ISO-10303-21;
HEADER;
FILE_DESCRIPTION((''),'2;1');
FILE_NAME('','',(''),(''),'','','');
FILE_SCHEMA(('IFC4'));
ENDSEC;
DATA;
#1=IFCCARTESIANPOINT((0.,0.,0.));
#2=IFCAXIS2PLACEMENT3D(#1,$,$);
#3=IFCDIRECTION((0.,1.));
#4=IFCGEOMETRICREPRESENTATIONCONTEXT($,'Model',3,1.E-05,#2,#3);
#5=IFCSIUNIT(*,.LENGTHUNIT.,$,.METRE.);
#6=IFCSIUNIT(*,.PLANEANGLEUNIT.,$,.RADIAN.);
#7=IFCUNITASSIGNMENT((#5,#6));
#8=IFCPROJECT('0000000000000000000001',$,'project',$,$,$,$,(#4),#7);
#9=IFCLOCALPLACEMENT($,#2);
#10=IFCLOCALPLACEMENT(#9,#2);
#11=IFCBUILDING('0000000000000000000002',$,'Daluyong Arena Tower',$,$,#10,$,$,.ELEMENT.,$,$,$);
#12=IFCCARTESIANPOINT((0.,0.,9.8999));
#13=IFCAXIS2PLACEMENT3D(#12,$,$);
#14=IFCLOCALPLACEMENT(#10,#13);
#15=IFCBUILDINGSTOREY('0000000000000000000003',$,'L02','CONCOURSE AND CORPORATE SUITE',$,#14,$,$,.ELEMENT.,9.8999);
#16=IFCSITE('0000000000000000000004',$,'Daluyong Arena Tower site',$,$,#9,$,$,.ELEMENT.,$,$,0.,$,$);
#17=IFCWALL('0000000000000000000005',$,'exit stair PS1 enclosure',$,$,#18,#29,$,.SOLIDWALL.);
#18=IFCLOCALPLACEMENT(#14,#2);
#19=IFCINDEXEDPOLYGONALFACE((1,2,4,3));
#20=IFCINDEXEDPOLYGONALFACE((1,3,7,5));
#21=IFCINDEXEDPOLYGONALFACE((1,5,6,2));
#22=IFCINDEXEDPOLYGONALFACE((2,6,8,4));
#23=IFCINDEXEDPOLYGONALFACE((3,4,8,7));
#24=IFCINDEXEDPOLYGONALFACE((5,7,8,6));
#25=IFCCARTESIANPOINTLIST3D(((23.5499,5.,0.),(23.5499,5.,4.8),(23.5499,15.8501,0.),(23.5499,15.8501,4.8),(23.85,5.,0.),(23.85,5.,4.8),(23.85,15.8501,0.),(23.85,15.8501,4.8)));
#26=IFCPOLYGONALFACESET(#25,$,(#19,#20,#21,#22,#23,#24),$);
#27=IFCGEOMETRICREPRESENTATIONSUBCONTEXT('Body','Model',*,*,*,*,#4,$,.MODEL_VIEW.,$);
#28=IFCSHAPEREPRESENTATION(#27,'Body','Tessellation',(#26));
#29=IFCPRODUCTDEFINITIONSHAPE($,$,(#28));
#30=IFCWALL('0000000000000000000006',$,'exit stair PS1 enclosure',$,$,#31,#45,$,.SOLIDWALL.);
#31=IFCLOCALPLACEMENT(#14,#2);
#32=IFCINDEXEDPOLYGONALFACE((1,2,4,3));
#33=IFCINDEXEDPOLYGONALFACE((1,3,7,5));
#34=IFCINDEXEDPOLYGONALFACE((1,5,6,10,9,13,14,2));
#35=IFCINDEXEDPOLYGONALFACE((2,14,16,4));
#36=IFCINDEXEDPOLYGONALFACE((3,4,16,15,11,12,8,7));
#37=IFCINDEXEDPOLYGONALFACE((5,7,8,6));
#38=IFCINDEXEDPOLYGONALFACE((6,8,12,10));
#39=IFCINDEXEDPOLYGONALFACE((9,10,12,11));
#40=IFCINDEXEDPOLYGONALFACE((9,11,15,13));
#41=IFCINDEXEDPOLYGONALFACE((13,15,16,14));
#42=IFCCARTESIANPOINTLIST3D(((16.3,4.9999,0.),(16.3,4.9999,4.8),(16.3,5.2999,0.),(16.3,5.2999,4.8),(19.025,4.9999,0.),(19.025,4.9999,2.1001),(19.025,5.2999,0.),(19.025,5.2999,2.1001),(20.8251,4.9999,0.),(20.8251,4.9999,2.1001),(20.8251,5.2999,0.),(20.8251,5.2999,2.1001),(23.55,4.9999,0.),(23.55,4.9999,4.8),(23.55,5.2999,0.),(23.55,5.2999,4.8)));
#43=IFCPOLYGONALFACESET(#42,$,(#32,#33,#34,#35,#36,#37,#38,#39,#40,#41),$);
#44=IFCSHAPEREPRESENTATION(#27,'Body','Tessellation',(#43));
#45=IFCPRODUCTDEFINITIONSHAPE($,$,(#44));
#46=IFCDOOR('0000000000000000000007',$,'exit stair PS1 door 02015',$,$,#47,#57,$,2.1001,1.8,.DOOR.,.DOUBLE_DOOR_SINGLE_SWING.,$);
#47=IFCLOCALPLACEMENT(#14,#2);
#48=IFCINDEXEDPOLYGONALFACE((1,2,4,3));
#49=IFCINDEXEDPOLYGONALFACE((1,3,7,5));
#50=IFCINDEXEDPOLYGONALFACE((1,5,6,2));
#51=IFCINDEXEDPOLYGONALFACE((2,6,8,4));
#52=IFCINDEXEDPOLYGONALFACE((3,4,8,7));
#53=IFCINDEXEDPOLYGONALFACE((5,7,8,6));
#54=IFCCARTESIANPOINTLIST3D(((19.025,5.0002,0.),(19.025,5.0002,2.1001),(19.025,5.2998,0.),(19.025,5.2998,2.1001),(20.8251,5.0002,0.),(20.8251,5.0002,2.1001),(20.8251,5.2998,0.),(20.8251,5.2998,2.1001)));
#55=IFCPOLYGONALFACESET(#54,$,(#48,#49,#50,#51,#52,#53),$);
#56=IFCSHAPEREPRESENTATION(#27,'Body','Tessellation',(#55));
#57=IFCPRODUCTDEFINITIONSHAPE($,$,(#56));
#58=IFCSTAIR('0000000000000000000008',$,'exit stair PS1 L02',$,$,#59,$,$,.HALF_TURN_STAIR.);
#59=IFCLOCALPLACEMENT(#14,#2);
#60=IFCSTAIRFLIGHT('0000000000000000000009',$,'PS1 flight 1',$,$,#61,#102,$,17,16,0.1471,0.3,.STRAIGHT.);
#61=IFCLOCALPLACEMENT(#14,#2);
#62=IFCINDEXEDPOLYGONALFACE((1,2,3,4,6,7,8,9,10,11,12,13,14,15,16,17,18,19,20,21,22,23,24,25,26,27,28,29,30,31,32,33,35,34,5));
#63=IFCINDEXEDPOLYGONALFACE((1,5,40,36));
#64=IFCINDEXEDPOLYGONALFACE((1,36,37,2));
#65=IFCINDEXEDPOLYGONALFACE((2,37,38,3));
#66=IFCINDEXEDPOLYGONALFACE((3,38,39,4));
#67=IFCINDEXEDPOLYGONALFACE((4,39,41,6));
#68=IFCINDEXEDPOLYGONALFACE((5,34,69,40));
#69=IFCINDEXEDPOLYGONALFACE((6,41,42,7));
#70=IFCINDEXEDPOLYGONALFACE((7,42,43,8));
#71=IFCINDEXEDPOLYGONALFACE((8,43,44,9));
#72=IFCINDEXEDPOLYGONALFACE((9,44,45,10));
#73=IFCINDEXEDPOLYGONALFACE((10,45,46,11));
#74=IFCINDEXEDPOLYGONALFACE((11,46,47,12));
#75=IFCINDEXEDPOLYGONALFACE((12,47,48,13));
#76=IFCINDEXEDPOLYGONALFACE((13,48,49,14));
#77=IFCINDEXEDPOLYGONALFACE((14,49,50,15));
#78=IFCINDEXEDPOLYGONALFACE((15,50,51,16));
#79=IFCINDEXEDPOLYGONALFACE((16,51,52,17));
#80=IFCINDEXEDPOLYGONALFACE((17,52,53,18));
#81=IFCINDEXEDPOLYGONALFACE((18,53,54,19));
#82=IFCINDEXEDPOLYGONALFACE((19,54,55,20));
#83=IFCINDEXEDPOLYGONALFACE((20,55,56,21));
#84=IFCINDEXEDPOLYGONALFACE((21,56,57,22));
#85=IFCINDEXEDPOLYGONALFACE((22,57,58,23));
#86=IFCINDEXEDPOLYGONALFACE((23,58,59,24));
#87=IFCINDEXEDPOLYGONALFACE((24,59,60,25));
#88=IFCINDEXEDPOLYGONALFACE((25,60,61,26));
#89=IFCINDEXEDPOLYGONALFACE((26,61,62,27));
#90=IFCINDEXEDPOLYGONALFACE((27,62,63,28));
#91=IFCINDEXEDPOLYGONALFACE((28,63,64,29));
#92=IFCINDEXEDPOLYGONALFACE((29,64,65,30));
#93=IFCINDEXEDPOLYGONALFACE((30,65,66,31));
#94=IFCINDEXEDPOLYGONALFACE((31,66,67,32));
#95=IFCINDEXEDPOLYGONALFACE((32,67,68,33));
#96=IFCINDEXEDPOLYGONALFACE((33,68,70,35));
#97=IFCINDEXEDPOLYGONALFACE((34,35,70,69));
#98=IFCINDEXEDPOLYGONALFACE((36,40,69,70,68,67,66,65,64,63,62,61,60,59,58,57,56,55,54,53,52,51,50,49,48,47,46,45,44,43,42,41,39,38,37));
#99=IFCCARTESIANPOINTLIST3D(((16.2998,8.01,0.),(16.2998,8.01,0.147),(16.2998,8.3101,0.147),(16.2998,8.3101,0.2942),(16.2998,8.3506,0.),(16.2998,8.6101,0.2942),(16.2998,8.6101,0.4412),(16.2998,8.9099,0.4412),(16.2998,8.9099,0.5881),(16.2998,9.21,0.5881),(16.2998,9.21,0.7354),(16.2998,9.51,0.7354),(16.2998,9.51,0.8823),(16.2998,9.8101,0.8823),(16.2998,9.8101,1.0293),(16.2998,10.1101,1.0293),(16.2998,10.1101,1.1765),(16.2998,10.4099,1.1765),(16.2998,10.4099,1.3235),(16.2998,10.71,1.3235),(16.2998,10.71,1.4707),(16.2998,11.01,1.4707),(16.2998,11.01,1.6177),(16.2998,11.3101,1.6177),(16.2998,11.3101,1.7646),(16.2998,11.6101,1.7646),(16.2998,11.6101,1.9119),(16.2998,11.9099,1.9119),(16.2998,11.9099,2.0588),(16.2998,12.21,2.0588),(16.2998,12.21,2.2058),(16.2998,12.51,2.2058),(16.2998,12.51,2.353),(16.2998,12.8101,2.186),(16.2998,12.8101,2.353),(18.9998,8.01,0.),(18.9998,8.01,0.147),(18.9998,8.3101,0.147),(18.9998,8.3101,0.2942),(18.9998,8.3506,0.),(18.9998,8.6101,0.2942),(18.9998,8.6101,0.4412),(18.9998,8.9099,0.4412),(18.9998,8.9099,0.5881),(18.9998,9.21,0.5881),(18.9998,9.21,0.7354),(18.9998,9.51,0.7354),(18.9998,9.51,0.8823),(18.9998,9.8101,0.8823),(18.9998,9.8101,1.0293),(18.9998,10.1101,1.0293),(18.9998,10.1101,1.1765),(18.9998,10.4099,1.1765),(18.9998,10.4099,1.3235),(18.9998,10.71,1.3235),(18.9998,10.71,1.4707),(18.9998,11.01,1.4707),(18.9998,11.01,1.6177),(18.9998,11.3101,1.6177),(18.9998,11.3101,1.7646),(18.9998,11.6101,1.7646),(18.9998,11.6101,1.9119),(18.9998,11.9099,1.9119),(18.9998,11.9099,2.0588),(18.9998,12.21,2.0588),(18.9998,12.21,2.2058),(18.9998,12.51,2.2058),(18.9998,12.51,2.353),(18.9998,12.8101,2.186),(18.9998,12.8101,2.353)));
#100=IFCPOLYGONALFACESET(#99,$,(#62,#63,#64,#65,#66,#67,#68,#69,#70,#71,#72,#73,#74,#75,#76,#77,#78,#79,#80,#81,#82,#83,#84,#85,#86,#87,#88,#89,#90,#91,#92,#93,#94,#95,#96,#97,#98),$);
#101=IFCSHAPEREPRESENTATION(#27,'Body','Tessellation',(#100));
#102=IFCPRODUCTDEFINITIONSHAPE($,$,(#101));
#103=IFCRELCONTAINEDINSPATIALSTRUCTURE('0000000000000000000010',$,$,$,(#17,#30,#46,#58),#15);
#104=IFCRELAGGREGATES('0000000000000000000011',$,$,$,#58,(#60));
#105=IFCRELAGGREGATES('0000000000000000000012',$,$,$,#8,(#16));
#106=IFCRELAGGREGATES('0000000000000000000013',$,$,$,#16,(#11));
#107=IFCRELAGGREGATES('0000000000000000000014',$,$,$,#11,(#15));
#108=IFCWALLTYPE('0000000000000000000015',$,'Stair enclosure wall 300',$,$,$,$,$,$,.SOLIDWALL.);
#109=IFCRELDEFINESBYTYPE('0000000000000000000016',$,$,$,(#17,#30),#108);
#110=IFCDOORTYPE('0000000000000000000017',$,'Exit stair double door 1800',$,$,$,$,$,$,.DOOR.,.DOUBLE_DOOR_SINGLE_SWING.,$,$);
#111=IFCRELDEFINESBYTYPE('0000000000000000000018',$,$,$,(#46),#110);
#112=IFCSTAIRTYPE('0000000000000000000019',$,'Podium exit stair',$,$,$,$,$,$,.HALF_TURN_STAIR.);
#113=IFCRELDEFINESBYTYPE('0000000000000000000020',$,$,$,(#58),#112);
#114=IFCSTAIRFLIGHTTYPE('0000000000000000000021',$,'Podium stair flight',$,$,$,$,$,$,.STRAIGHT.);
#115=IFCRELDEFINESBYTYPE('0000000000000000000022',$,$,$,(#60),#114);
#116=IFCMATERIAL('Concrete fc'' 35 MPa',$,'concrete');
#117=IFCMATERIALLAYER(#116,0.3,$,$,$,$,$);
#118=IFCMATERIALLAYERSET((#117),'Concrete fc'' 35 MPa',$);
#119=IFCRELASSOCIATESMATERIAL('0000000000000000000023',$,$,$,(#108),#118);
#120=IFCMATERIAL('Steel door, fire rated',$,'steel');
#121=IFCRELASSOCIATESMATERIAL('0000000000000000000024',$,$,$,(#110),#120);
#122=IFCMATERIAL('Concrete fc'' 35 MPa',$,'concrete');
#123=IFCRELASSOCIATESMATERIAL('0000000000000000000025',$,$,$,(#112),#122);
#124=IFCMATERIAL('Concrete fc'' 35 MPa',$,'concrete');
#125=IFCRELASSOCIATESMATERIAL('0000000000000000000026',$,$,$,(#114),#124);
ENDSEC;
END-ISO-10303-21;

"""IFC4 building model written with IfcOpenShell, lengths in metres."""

from ifc_helpers import new_model, si_unit, direction, frame, frame_2d, origin, place, context, subcontext, project, spatial, polyline, rectangle, outline, extrude, material, layer, layer_set, type_object, element, fill, aggregate, save


model = new_model("IFC4")

# Units and contexts
model_context = context("Model", 3, precision=1e-05, world=origin(), true_north=direction((0.0, 1.0)))
body_context = subcontext(model_context, "Body", "Model", "MODEL_VIEW")
ifc_project = project(units=[si_unit("LENGTHUNIT", "METRE"), si_unit("PLANEANGLEUNIT", "RADIAN")], contexts=[model_context])

# Site, building, storey
site_placement = place(None, origin())
site = spatial("IfcSite", under=ifc_project, at=site_placement, Name="Daluyong Arena Tower site", CompositionType="ELEMENT", RefElevation=0.0)
building_placement = place(site_placement, origin())
building = spatial("IfcBuilding", under=site, at=building_placement, Name="Daluyong Arena Tower", CompositionType="ELEMENT")
storey_placement = place(building_placement, frame((0.0, 0.0, 9.8999)))
storey = spatial("IfcBuildingStorey", under=building, at=storey_placement, Name="L02", Description="CONCOURSE AND CORPORATE SUITE", CompositionType="ELEMENT", Elevation=9.8999)

# Wall
ifc_material_1 = material(Name="Concrete fc' 35 MPa", Category="concrete")
ifc_layer = layer(ifc_material_1, 0.3)
ifc_layer_set = layer_set([ifc_layer], Name="Concrete fc' 35 MPa")
wall_type = type_object("IfcWallType", Name="Stair enclosure wall 300", PredefinedType="SOLIDWALL", material=ifc_layer_set)
wall_1_placement = place(storey_placement, frame((23.7, 5.0, 0.0), z_axis=(0.0, 0.0, 1.0), x_axis=(0.0, 1.0, 0.0)))
element("IfcWall", 1, at=wall_1_placement, inside=storey, type_object=wall_type, Name="exit stair PS1 enclosure", PredefinedType="SOLIDWALL", context=body_context, shape_type="SweptSolid", body=[
    extrude(rectangle(XDim=10.8501, YDim=0.3, at=frame_2d((5.425, 0.0))), origin(), (0.0, 0.0, 1.0), 4.8),
])

# Wall, opening, door
wall_2_placement = place(storey_placement, frame((16.3, 5.1499, 0.0), z_axis=(0.0, 0.0, 1.0), x_axis=(1.0, 0.0, 0.0)))
wall_2 = element("IfcWall", 2, at=wall_2_placement, inside=storey, type_object=wall_type, Name="exit stair PS1 enclosure", PredefinedType="SOLIDWALL", context=body_context, shape_type="SweptSolid", body=[
    extrude(rectangle(XDim=7.25, YDim=0.3, at=frame_2d((3.625, 0.0))), origin(), (0.0, 0.0, 1.0), 4.8),
])
opening_placement = place(wall_2_placement, frame((2.7251, 0.0, 0.0)))
opening = element("IfcOpeningElement", 3, at=opening_placement, cuts=wall_2, PredefinedType="OPENING", context=body_context, shape_type="SweptSolid", body=[
    extrude(rectangle(XDim=1.8, YDim=2.1001, at=frame_2d((0.8999, 1.05))), frame((0.0, 0.1599, 0.0), z_axis=(0.0, -1.0, 0.0), x_axis=(1.0, 0.0, 0.0)), (0.0, 0.0, 1.0), 0.3201),
])
ifc_material_2 = material(Name="Steel door, fire rated", Category="steel")
door_type = type_object("IfcDoorType", Name="Exit stair double door 1800", OperationType="DOUBLE_DOOR_SINGLE_SWING", PredefinedType="DOOR", material=ifc_material_2)
door_placement = place(opening_placement, origin())
door = element("IfcDoor", 4, at=door_placement, inside=storey, type_object=door_type, Name="exit stair PS1 door 02015", OperationType="DOUBLE_DOOR_SINGLE_SWING", OverallHeight=2.1001, OverallWidth=1.8, PredefinedType="DOOR", context=body_context, shape_type="SweptSolid", body=[
    extrude(rectangle(XDim=1.8, YDim=2.1001, at=frame_2d((0.8999, 1.05))), frame((0.0, 0.1499, 0.0), z_axis=(0.0, -1.0, 0.0), x_axis=(1.0, 0.0, 0.0)), (0.0, 0.0, 1.0), 0.2996),
])
fill(opening, door)

# Stair, stair flight
ifc_material_3 = material(Name="Concrete fc' 35 MPa", Category="concrete")
stair_type = type_object("IfcStairType", Name="Podium exit stair", PredefinedType="HALF_TURN_STAIR", material=ifc_material_3)
stair_placement = place(storey_placement, origin())
stair = element("IfcStair", 5, at=stair_placement, inside=storey, type_object=stair_type, Name="exit stair PS1 L02", PredefinedType="HALF_TURN_STAIR")
ifc_material_4 = material(Name="Concrete fc' 35 MPa", Category="concrete")
stair_flight_type = type_object("IfcStairFlightType", Name="Podium stair flight", PredefinedType="STRAIGHT", material=ifc_material_4)
stair_flight_placement = place(storey_placement, frame((17.6499, 8.01, 0.0), z_axis=(0.0, 0.0, 1.0), x_axis=(0.0, 1.0, 0.0)))
stair_flight = element("IfcStairFlight", 6, at=stair_flight_placement, type_object=stair_flight_type, Name="PS1 flight 1", NumberOfRisers=17, NumberOfTreads=16, PredefinedType="STRAIGHT", RiserHeight=0.1471, TreadLength=0.3, context=body_context, shape_type="SweptSolid", body=[
    extrude(outline(polyline([(0.0, 0.0), (0.0, 0.147), (0.3, 0.147), (0.3, 0.2942), (0.6001, 0.2942), (0.6001, 0.4412), (0.8999, 0.4412), (0.8999, 0.5881), (1.2, 0.5881), (1.2, 0.7354), (1.5, 0.7354), (1.5, 0.8823), (1.8, 0.8823), (1.8, 1.0293), (2.1001, 1.0293), (2.1001, 1.1765), (2.3999, 1.1765), (2.3999, 1.3235), (2.7, 1.3235), (2.7, 1.4707), (3.0, 1.4707), (3.0, 1.6177), (3.3, 1.6177), (3.3, 1.7646), (3.6001, 1.7646), (3.6001, 1.9119), (3.8999, 1.9119), (3.8999, 2.0588), (4.2, 2.0588), (4.2, 2.2058), (4.5, 2.2058), (4.5, 2.353), (4.8, 2.353), (4.8, 2.5), (4.8, 2.186), (0.3406, 0.0), (0.0, 0.0)])), frame((0.0, 1.3501, 0.0), z_axis=(0.0, -1.0, 0.0), x_axis=(1.0, 0.0, 0.0)), (0.0, 0.0, 1.0), 2.7),
])
aggregate(stair, [stair_flight])

save(model, "model.ifc")
